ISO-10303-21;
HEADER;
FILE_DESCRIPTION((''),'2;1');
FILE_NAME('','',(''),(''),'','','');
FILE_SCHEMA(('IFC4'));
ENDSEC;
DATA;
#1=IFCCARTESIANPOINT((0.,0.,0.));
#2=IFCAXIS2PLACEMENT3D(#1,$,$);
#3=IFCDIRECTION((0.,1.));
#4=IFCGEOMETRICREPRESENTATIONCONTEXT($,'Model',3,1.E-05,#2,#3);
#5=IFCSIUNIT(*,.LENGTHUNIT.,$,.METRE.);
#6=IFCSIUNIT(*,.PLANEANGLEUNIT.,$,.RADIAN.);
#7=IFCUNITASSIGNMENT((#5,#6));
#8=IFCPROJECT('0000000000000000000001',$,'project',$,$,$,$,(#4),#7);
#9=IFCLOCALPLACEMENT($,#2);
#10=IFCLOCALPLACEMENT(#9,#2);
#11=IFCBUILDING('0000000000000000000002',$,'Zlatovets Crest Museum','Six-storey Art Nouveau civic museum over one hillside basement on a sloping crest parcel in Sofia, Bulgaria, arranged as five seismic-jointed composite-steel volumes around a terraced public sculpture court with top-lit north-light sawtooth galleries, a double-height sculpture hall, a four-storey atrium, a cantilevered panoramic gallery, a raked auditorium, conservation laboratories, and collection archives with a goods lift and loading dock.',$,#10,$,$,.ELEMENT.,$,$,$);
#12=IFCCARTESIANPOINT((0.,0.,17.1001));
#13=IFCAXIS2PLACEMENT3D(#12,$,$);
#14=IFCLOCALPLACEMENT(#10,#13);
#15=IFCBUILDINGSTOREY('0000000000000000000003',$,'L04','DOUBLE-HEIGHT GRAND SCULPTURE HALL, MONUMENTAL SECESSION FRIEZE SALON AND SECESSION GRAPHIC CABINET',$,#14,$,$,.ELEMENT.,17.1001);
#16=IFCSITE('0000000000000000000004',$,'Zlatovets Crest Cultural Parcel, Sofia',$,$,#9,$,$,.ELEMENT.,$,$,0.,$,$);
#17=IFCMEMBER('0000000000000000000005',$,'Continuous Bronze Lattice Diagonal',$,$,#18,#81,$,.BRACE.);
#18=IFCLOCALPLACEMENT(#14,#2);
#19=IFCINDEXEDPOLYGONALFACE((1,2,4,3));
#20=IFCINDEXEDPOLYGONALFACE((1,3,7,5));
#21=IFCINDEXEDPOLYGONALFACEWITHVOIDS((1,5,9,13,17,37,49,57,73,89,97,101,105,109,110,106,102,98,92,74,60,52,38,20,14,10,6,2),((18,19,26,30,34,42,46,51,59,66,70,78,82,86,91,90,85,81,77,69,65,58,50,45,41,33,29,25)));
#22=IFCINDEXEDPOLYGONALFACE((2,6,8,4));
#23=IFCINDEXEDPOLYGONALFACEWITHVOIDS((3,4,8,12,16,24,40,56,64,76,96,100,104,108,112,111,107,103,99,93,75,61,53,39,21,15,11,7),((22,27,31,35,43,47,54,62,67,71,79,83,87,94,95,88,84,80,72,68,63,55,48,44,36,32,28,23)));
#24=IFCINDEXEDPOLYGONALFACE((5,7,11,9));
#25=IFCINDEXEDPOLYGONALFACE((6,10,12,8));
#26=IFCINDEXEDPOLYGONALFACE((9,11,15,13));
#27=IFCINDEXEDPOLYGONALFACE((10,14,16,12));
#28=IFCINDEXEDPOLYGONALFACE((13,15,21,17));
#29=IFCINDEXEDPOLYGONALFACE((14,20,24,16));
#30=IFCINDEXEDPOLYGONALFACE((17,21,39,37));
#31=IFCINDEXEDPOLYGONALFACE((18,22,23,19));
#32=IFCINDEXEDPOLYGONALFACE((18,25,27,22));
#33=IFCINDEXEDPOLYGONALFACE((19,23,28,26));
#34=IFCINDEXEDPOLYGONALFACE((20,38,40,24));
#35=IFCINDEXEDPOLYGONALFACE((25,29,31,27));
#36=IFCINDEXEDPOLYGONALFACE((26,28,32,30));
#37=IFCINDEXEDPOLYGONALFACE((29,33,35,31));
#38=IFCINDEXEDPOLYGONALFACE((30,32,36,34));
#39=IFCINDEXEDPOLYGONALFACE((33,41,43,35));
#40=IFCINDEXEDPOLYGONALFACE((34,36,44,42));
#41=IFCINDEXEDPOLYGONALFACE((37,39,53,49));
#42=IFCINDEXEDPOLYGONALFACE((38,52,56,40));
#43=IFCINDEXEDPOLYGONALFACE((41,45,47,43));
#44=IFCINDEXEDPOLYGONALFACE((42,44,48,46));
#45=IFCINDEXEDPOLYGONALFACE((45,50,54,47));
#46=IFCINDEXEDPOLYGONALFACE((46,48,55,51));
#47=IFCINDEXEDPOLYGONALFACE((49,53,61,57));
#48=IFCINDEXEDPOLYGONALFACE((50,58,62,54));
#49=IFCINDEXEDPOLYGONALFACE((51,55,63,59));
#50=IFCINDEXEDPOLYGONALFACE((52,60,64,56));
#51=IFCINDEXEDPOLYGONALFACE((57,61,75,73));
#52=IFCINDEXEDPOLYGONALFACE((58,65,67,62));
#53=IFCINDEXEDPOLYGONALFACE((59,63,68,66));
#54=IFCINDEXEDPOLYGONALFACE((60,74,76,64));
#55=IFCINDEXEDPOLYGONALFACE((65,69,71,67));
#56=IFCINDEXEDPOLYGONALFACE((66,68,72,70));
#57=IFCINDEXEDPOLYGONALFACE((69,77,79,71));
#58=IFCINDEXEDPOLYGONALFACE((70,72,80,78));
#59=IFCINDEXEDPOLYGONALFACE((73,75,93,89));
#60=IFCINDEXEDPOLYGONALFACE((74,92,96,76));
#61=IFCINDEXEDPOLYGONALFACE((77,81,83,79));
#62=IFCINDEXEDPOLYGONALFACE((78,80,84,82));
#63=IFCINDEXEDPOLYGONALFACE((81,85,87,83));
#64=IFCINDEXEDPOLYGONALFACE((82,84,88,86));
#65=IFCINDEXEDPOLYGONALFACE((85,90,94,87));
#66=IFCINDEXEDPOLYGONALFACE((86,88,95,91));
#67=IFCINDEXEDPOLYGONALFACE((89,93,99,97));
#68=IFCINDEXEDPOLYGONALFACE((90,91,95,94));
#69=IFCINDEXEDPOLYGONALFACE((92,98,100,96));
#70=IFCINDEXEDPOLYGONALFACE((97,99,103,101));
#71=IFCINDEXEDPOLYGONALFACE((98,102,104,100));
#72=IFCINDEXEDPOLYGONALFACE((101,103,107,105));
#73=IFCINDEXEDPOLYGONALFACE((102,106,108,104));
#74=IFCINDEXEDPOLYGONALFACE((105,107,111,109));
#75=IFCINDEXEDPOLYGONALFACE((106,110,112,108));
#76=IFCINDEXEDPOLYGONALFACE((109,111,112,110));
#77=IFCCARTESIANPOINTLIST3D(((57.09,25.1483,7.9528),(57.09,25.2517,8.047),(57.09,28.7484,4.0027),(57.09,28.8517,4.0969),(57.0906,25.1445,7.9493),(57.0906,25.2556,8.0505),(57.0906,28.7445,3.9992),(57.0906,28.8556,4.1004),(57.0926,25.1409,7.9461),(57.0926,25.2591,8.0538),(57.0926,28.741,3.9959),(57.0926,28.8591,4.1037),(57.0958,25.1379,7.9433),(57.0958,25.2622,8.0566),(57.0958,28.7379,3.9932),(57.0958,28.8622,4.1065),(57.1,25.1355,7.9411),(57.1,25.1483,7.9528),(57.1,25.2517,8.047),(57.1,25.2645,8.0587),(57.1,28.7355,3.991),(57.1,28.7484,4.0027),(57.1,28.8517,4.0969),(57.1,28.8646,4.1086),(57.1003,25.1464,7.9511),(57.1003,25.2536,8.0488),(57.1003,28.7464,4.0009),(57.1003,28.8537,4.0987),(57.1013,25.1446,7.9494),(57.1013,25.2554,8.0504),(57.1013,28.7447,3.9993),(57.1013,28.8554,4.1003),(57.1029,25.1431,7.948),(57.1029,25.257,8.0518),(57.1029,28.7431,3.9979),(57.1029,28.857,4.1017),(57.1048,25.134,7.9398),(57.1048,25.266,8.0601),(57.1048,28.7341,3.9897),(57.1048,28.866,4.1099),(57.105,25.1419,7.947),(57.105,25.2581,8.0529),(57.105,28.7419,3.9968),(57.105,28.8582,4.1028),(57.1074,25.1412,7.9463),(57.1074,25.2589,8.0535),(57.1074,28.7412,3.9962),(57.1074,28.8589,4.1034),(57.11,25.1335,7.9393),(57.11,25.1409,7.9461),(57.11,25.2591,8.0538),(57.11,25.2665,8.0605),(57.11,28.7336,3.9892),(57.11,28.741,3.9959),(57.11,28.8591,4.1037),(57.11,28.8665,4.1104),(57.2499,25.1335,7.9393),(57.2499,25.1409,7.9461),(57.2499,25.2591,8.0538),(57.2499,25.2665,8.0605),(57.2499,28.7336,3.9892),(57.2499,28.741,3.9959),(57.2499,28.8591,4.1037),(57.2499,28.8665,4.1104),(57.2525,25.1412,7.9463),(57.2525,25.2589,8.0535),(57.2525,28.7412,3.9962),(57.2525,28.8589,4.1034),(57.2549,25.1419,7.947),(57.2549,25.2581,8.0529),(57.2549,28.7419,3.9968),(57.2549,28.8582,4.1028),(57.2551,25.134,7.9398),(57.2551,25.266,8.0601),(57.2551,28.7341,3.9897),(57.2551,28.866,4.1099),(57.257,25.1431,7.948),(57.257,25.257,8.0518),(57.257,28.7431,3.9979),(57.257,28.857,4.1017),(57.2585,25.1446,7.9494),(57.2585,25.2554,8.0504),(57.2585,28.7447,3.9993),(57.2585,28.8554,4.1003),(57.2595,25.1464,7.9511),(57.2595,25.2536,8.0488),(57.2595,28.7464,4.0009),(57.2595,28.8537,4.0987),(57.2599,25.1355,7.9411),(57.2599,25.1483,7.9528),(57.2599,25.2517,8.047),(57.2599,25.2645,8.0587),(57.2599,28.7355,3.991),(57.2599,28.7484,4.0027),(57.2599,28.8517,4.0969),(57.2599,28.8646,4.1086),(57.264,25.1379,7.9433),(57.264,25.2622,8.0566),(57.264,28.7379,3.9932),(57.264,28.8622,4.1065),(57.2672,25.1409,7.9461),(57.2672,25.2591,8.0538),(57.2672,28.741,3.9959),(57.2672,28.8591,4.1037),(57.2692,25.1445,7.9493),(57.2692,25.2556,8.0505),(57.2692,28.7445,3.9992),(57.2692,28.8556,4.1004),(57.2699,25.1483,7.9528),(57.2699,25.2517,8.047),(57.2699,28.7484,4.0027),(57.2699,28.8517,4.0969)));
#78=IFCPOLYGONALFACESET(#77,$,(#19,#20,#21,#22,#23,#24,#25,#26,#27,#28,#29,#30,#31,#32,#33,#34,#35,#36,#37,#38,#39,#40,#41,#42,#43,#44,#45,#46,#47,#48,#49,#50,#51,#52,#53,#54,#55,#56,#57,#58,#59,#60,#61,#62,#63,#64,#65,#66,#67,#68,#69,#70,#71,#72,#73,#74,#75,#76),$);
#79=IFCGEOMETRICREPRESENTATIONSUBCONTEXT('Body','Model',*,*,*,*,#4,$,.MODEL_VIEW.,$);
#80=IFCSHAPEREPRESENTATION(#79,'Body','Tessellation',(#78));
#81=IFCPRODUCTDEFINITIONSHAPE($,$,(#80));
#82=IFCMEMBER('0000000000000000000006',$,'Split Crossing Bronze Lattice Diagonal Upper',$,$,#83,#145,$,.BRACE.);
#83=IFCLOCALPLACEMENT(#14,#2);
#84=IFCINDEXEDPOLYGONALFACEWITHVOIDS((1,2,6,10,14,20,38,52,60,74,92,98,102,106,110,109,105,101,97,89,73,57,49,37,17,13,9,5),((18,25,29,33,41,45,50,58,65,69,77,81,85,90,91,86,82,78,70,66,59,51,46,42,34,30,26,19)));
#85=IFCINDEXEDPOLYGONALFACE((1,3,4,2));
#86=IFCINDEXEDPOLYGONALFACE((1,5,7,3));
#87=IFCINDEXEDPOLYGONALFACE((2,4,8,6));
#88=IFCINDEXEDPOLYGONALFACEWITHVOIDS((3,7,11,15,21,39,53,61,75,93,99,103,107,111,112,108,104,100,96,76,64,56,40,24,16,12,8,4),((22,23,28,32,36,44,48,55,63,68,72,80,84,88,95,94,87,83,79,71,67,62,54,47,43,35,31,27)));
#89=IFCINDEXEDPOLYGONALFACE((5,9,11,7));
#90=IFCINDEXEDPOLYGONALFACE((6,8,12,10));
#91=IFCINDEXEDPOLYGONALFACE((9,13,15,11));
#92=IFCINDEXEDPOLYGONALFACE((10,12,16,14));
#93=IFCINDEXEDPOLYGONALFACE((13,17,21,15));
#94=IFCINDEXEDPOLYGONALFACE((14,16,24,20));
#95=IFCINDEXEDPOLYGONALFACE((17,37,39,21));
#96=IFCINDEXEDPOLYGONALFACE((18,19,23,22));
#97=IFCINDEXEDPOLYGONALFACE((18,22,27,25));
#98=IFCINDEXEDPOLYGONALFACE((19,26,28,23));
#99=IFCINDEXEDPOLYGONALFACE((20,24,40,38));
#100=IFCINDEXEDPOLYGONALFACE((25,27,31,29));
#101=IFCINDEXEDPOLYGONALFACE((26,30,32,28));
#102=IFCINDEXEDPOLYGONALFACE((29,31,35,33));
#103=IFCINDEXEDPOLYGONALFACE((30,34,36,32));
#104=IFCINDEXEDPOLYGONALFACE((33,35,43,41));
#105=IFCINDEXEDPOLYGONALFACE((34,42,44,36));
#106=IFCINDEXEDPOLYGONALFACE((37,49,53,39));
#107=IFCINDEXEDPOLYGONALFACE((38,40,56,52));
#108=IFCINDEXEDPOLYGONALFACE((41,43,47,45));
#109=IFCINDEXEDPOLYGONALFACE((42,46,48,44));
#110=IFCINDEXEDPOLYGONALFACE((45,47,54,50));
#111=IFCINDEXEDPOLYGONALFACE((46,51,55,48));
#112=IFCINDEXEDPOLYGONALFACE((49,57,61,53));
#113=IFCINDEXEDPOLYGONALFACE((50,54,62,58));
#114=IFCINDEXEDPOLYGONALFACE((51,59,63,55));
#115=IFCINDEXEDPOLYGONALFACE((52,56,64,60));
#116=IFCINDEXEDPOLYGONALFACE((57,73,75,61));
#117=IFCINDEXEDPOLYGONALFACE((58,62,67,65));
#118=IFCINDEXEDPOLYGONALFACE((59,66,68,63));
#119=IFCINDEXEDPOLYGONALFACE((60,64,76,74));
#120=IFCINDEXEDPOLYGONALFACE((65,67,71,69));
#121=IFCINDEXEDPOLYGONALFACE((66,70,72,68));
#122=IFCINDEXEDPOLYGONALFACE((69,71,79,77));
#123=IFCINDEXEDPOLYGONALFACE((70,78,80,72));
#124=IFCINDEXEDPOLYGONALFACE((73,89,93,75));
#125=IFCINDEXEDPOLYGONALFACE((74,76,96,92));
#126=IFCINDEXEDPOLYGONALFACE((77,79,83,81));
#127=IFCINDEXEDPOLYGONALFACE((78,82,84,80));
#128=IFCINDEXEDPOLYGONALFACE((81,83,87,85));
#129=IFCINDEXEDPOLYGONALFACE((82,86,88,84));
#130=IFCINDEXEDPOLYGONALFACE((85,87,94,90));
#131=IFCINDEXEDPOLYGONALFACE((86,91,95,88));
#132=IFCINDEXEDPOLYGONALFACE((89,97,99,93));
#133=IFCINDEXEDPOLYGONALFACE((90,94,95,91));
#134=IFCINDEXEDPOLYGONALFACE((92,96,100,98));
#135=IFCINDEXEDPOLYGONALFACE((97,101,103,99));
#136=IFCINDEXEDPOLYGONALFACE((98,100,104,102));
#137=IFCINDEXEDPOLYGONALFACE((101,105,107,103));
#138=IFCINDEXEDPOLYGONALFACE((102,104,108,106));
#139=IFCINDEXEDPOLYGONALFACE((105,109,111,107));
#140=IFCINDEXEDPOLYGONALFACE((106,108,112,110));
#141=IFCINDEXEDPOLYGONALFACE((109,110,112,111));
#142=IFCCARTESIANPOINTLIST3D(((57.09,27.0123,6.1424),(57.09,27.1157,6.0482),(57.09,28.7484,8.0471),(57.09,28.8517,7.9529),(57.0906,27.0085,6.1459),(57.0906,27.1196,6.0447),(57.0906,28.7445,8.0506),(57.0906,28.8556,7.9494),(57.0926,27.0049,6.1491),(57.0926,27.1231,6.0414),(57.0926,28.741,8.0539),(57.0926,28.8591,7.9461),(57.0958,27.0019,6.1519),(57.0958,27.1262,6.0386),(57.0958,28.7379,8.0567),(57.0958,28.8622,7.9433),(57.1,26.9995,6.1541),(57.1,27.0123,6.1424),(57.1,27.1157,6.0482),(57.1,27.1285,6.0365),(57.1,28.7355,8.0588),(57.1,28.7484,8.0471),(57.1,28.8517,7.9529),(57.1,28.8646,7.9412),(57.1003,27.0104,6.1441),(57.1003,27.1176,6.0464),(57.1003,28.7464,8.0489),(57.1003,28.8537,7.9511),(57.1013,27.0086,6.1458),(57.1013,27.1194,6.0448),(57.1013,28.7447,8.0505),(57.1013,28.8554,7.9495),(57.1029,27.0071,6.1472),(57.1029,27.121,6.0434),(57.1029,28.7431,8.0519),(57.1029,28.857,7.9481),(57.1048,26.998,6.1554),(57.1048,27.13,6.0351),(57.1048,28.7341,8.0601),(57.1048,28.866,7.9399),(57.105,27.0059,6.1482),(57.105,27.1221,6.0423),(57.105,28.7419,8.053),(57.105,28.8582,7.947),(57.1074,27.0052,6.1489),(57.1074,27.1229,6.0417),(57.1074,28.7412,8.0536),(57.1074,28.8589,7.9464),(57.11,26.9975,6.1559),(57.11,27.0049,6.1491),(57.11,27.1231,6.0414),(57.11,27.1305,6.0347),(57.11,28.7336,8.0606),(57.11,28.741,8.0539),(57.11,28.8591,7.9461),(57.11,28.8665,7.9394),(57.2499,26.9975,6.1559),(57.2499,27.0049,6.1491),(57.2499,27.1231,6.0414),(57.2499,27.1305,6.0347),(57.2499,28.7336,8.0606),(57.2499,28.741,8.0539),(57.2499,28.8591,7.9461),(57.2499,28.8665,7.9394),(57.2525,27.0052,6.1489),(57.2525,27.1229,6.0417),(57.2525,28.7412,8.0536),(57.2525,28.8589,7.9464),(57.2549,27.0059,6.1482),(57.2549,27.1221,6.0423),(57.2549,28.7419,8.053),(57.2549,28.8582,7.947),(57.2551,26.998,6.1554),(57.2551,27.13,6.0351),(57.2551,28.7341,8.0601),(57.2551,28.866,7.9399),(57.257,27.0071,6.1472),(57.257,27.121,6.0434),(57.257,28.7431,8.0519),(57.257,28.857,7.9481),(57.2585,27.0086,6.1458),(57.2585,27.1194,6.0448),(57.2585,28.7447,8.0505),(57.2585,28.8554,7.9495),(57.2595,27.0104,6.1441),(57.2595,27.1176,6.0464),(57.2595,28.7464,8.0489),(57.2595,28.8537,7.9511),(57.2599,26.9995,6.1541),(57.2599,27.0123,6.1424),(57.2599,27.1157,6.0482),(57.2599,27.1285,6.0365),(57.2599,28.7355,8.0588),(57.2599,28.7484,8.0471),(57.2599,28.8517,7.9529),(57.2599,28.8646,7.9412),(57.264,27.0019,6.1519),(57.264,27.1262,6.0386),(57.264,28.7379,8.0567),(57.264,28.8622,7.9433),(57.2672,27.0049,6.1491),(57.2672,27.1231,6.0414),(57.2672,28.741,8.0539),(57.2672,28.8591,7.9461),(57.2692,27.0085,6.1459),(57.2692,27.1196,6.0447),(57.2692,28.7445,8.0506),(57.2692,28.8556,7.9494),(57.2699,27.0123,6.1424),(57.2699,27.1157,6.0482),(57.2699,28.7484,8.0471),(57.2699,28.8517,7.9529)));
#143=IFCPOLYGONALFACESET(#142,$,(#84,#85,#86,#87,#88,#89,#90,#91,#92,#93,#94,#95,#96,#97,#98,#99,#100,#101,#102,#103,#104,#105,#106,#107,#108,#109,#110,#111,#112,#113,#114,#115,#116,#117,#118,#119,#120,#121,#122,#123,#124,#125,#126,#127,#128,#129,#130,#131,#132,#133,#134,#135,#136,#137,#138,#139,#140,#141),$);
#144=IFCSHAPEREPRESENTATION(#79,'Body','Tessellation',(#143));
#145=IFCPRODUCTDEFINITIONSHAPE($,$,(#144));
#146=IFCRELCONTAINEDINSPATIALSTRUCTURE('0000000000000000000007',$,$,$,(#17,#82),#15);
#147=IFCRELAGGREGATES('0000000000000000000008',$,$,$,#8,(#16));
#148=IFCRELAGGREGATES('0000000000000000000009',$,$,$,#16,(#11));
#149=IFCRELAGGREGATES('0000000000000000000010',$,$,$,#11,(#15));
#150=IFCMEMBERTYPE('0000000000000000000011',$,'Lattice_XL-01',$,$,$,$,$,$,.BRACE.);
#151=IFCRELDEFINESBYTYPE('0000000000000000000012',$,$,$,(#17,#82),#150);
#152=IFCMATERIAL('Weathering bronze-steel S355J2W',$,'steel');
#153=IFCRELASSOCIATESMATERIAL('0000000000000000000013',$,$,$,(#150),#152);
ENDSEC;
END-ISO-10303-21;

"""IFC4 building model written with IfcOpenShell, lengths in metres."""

from ifc_helpers import new_model, si_unit, direction, frame, origin, origin_2d, place, context, subcontext, project, spatial, hollow_rectangle, extrude, material, material_profile, profile_set, type_object, element, save


model = new_model("IFC4")

# Units and contexts
model_context = context("Model", 3, precision=1e-05, world=origin(), true_north=direction((0.0, 1.0)))
body_context = subcontext(model_context, "Body", "Model", "MODEL_VIEW")
ifc_project = project(units=[si_unit("LENGTHUNIT", "METRE"), si_unit("PLANEANGLEUNIT", "RADIAN")], contexts=[model_context])

# Site, building, storey
site_placement = place(None, origin())
site = spatial("IfcSite", under=ifc_project, at=site_placement, Name="Zlatovets Crest Cultural Parcel, Sofia", CompositionType="ELEMENT", RefElevation=0.0)
building_placement = place(site_placement, origin())
building = spatial("IfcBuilding", under=site, at=building_placement, Name="Zlatovets Crest Museum", Description="Six-storey Art Nouveau civic museum over one hillside basement on a sloping crest parcel in Sofia, Bulgaria, arranged as five seismic-jointed composite-steel volumes around a terraced public sculpture court with top-lit north-light sawtooth galleries, a double-height sculpture hall, a four-storey atrium, a cantilevered panoramic gallery, a raked auditorium, conservation laboratories, and collection archives with a goods lift and loading dock.", CompositionType="ELEMENT")
storey_placement = place(building_placement, frame((0.0, 0.0, 17.1001)))
storey = spatial("IfcBuildingStorey", under=building, at=storey_placement, Name="L04", Description="DOUBLE-HEIGHT GRAND SCULPTURE HALL, MONUMENTAL SECESSION FRIEZE SALON AND SECESSION GRAPHIC CABINET", CompositionType="ELEMENT", Elevation=17.1001)

# Members
ifc_material_1 = material(Name="Weathering bronze-steel S355J2W", Category="steel")
ifc_material_profile_1 = material_profile(ifc_material_1, hollow_rectangle(XDim=0.1799, YDim=0.1799, WallThickness=0.01, InnerFilletRadius=0.01, OuterFilletRadius=0.02, at=origin_2d()), Name="SHS 180x180x10.0")
ifc_profile_set_1 = profile_set([ifc_material_profile_1], Name="Weathering bronze-steel S355J2W")
member_type_1 = type_object("IfcMemberType", Name="Lattice_XL-01", PredefinedType="BRACE", material=ifc_profile_set_1)
member_1_placement = place(storey_placement, frame((57.1799, 28.8, 4.0498), z_axis=(0.0, -0.673595, 0.7391), x_axis=(1.0, 0.0, 0.0)))
element("IfcMember", 1, at=member_1_placement, inside=storey, type_object=member_type_1, Name="Continuous Bronze Lattice Diagonal", PredefinedType="BRACE", context=body_context, shape_type="SweptSolid", body=[
    extrude(hollow_rectangle(XDim=0.1799, YDim=0.1799, WallThickness=0.01, InnerFilletRadius=0.01, OuterFilletRadius=0.02, at=origin_2d()), origin(), (0.0, 0.0, 1.0), 5.3445),
])
for number, where, z_axis, x_axis, name in (
    (2, (57.1799, 28.8, 8.0), (0.0, -0.67362, -0.739078), (1.0, 0.0, 0.0), "Split Crossing Bronze Lattice Diagonal Upper"),
):
    element("IfcMember", number, at=place(storey_placement, frame(where, z_axis=z_axis, x_axis=x_axis)), inside=storey, type_object=member_type_1, Name=name, PredefinedType="BRACE", context=body_context, shape_type="SweptSolid", body=[
        extrude(hollow_rectangle(XDim=0.1799, YDim=0.1799, WallThickness=0.01, InnerFilletRadius=0.01, OuterFilletRadius=0.02, at=origin_2d()), origin(), (0.0, 0.0, 1.0), 2.5771),
    ])

save(model, "model.ifc")
